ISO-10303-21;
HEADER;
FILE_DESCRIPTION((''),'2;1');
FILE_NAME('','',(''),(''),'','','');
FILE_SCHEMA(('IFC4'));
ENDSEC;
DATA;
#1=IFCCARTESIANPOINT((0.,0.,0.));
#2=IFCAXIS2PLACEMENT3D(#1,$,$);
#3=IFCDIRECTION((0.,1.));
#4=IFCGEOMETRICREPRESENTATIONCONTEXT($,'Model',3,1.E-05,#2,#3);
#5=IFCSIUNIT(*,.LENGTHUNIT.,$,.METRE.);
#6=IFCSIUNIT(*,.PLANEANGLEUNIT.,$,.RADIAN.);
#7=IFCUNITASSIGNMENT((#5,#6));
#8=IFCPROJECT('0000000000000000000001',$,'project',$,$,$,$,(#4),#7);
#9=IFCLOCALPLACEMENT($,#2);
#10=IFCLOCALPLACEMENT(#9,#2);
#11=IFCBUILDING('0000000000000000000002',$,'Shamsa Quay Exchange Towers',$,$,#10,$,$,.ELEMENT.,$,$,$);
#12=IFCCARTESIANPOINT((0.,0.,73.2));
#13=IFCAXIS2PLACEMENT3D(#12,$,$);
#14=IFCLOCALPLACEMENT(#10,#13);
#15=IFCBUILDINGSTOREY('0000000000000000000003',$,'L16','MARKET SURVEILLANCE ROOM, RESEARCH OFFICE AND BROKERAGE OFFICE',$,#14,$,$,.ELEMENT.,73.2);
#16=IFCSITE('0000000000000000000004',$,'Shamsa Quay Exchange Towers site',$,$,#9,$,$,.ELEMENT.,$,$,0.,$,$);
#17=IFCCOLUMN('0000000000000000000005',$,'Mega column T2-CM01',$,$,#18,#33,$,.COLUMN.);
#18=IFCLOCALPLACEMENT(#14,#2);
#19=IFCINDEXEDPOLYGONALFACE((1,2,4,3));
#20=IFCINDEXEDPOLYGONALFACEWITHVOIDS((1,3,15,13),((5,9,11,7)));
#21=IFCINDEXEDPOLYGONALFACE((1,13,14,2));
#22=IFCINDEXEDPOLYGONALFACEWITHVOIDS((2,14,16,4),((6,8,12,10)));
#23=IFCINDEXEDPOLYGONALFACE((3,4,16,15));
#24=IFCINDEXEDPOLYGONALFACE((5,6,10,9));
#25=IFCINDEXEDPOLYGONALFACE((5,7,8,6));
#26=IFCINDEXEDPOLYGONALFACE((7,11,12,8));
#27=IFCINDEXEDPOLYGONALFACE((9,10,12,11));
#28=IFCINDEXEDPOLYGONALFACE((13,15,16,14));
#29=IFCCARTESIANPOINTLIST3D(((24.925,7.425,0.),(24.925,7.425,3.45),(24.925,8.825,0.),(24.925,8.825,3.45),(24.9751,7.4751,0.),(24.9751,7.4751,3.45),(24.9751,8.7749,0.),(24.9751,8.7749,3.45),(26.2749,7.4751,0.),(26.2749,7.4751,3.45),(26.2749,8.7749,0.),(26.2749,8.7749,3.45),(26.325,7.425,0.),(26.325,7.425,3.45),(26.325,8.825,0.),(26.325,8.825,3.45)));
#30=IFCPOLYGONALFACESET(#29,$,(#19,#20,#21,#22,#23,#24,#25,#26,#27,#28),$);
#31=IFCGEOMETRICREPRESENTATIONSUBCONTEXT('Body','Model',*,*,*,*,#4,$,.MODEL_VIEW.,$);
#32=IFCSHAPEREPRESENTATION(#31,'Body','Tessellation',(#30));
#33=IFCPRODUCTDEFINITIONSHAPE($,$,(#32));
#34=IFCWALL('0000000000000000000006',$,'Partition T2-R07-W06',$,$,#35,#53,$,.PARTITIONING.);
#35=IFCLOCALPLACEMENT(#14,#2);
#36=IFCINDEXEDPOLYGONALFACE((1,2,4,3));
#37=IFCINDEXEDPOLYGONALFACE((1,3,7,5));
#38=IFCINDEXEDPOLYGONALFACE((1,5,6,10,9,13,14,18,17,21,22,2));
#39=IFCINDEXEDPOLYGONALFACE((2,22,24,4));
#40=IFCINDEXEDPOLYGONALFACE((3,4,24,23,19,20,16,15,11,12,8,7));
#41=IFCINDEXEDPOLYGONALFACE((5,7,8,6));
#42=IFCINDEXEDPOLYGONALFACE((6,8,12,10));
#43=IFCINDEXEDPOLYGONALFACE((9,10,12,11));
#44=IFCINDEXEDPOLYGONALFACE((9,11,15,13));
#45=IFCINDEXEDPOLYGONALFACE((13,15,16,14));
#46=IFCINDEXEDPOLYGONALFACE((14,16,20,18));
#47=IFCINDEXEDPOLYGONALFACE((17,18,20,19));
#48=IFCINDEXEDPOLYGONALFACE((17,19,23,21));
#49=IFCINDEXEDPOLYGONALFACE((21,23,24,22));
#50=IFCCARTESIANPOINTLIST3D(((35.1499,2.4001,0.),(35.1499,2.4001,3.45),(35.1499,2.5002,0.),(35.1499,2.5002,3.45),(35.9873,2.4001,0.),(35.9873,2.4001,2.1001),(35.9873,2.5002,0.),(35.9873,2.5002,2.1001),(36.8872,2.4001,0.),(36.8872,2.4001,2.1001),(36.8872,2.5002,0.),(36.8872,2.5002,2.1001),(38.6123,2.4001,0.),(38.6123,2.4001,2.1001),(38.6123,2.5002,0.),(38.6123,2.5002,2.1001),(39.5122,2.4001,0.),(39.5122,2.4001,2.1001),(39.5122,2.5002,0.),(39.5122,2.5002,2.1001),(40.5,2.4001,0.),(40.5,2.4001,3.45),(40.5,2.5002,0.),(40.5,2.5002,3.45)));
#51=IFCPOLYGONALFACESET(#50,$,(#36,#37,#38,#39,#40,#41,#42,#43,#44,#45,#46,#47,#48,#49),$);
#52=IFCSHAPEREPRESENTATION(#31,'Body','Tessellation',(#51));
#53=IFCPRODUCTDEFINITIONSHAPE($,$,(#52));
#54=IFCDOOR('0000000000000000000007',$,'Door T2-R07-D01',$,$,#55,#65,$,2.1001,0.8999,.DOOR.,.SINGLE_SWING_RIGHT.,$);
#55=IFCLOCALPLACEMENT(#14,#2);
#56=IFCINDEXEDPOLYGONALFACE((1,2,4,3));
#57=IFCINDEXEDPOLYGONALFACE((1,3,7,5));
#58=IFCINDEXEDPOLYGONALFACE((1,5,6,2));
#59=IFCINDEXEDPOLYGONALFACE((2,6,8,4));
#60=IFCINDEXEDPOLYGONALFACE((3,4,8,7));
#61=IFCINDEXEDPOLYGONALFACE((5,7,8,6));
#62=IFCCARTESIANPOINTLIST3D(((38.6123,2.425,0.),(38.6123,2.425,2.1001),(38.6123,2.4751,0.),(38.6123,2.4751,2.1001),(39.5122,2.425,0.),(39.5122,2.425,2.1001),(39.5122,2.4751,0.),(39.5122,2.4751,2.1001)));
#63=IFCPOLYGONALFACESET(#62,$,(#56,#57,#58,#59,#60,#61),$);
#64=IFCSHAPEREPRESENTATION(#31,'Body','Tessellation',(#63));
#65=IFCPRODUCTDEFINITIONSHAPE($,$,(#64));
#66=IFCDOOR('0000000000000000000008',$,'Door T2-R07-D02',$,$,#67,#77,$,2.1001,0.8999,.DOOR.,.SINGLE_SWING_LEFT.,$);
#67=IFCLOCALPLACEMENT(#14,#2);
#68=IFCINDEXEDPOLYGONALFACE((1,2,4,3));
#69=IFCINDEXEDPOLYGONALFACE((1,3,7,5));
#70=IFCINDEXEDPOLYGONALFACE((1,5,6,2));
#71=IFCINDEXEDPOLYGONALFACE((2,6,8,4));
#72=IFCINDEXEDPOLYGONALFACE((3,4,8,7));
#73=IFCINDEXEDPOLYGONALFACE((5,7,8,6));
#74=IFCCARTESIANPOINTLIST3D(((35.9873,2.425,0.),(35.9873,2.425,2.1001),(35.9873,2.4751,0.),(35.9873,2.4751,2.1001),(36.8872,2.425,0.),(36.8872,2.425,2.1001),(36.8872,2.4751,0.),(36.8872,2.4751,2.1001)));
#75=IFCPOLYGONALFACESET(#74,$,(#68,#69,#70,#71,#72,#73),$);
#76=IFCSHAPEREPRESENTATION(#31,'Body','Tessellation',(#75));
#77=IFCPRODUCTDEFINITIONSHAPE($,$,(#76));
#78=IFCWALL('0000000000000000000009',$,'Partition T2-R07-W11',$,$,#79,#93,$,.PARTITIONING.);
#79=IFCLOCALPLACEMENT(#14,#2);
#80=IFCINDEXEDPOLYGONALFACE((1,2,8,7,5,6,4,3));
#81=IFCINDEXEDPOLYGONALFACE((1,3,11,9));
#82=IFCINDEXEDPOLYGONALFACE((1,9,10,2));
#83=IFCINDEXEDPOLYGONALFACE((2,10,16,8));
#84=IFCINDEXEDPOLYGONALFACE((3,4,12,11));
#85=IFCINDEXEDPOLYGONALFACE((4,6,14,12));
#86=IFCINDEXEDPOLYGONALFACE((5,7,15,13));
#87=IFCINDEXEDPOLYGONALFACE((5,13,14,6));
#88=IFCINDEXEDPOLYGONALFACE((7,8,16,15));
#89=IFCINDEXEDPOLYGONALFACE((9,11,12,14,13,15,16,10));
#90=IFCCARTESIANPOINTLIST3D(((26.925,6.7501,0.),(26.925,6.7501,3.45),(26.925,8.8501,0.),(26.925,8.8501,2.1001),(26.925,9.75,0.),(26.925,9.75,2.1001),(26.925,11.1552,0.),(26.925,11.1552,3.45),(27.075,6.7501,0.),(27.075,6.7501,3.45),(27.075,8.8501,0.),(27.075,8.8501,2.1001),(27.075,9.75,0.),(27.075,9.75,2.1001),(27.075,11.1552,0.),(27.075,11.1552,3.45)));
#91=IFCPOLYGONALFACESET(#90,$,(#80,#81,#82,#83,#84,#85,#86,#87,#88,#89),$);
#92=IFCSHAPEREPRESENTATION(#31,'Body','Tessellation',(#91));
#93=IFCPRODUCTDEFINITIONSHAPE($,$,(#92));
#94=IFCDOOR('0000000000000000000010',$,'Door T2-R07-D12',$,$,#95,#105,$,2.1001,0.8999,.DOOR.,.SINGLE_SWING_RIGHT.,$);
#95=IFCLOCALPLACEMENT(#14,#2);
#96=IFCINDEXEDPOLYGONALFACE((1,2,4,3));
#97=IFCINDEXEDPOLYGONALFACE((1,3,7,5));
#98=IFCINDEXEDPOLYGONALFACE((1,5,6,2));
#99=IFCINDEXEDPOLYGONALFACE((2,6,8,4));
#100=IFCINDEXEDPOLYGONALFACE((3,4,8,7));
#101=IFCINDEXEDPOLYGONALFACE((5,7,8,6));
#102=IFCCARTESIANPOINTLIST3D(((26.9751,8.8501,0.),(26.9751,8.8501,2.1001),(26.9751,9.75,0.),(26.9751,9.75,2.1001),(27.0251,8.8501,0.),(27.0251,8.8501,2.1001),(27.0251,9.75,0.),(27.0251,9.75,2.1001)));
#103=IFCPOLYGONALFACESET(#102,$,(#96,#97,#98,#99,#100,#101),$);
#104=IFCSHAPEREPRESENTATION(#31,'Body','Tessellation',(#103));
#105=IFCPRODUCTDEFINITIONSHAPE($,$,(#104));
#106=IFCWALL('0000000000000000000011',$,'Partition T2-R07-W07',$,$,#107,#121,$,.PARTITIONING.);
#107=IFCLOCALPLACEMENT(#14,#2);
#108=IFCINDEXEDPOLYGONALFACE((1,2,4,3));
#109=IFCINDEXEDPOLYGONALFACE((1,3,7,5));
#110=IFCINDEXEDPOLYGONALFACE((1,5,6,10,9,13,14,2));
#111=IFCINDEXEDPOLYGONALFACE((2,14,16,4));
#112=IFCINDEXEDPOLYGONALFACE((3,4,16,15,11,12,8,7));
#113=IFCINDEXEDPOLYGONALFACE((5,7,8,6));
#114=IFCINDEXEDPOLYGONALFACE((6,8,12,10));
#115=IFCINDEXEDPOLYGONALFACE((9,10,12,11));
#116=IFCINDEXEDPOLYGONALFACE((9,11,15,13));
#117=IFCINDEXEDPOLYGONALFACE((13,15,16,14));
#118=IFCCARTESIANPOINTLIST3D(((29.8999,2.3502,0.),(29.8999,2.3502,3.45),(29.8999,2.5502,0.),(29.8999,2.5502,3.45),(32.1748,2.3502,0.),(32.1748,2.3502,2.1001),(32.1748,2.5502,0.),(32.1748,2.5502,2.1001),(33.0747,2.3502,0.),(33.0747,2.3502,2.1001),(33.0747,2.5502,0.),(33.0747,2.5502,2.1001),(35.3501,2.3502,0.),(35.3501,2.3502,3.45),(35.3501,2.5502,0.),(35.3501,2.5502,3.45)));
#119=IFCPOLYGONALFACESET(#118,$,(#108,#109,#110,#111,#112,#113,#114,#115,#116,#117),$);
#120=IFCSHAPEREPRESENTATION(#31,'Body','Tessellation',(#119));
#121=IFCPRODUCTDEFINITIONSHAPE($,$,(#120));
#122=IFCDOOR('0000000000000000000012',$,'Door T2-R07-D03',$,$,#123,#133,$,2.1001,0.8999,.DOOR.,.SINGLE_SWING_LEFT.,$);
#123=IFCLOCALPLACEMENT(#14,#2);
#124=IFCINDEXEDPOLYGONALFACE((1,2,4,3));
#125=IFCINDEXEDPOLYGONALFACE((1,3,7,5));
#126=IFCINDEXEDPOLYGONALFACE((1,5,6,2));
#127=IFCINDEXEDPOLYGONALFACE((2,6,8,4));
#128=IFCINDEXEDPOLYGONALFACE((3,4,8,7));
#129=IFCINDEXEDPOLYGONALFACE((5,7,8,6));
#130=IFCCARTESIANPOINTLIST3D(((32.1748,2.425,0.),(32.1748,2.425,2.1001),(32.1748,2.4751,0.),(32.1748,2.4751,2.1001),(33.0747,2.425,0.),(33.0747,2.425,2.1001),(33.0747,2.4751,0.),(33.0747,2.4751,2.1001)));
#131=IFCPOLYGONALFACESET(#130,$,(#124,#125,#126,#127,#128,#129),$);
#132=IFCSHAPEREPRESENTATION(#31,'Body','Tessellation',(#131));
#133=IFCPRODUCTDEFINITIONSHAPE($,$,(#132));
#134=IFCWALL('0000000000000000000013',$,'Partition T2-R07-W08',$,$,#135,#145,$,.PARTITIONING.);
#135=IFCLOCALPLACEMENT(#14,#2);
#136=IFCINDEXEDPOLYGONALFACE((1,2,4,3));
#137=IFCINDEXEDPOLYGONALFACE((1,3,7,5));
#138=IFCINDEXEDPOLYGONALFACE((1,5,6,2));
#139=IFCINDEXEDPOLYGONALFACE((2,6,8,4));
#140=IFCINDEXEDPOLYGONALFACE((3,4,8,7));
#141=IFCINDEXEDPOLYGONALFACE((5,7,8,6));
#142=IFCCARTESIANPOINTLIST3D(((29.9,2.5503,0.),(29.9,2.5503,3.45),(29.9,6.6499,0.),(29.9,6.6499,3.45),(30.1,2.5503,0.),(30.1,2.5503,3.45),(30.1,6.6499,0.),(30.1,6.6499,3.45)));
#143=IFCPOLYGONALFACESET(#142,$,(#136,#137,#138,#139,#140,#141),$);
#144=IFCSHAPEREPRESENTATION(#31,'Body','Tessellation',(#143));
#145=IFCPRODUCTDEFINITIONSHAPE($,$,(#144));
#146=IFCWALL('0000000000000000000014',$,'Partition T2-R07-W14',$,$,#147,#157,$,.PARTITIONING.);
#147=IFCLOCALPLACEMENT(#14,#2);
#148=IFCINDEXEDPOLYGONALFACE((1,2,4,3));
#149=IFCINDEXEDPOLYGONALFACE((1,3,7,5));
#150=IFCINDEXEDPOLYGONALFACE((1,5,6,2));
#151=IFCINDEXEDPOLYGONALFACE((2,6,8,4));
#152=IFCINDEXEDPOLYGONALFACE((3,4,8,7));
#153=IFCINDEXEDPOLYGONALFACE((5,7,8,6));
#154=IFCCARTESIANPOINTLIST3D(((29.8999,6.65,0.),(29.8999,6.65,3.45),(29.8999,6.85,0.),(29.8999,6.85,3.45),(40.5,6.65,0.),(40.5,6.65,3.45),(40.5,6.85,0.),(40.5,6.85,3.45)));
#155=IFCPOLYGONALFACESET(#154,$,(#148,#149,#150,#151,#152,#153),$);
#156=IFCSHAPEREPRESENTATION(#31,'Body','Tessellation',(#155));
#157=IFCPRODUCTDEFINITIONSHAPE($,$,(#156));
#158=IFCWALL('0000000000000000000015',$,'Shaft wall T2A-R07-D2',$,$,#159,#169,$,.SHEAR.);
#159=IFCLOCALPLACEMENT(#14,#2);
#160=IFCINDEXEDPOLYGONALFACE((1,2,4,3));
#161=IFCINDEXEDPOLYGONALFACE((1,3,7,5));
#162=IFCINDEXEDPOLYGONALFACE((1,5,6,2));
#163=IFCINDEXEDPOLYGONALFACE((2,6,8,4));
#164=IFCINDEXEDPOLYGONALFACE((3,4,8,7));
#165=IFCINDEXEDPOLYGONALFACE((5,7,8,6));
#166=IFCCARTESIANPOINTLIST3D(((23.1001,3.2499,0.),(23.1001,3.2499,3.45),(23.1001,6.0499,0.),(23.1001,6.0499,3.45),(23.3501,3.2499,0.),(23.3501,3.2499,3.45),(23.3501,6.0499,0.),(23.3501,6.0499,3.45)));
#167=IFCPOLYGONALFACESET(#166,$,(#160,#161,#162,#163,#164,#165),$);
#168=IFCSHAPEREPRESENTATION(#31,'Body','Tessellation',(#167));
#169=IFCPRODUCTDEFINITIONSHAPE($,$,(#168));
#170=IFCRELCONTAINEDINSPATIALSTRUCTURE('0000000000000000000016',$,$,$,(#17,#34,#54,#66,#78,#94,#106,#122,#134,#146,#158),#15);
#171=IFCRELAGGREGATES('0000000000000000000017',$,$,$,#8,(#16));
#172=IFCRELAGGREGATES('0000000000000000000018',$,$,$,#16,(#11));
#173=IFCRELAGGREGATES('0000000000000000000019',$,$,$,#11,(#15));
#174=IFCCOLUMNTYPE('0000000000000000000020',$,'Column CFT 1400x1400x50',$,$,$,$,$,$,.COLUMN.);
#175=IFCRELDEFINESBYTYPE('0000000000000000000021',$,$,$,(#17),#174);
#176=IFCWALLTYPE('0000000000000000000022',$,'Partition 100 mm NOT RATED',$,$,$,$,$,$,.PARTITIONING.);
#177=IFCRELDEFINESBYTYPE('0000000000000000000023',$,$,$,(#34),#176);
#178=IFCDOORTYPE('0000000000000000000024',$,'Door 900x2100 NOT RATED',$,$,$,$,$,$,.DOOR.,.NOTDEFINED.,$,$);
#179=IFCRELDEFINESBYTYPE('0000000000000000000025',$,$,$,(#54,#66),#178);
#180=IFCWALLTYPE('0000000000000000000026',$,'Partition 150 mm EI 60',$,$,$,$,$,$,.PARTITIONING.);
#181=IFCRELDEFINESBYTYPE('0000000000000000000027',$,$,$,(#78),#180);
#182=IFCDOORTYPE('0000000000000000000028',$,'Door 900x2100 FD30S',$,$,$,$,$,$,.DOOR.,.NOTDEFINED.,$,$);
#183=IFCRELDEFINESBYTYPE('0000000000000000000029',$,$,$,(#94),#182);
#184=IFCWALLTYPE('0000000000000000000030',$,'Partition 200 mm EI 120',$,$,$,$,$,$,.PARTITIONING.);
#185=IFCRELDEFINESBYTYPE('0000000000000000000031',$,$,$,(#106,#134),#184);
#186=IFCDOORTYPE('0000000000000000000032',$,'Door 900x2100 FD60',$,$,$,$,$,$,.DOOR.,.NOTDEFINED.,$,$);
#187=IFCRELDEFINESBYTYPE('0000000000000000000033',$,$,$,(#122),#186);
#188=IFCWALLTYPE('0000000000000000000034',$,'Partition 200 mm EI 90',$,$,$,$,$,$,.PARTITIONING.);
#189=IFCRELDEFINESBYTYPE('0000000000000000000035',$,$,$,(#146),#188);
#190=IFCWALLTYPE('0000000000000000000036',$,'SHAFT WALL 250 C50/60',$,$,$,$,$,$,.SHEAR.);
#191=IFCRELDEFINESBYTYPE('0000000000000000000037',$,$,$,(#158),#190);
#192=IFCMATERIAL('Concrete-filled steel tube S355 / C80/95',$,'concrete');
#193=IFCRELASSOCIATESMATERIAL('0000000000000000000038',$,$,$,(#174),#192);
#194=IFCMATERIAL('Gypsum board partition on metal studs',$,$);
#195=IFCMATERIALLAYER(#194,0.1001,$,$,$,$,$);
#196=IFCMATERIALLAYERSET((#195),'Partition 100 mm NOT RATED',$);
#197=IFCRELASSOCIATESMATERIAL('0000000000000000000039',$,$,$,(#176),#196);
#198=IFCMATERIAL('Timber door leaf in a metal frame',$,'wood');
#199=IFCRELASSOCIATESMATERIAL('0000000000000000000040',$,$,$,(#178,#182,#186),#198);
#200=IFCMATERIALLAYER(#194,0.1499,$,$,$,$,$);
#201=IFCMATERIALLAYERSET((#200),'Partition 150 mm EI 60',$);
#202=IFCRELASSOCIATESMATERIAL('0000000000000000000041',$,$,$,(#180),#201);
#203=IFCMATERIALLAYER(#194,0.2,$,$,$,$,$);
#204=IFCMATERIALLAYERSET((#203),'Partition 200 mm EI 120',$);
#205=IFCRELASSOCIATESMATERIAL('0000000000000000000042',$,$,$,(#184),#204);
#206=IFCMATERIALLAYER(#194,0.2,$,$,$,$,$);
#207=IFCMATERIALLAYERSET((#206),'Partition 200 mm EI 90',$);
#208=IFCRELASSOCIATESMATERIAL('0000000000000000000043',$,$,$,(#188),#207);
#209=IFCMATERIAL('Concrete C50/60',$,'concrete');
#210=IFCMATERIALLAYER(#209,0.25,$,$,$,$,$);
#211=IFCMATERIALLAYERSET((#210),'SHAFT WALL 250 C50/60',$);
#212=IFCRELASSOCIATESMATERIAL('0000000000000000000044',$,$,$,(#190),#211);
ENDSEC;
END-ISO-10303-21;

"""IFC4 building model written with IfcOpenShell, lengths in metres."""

from ifc_helpers import new_model, si_unit, direction, frame, frame_2d, origin, origin_2d, place, context, subcontext, project, spatial, rectangle, hollow_rectangle, extrude, material, layer, layer_set, material_profile, profile_set, type_object, element, fill, save


model = new_model("IFC4")

# Units and contexts
model_context = context("Model", 3, precision=1e-05, world=origin(), true_north=direction((0.0, 1.0)))
body_context = subcontext(model_context, "Body", "Model", "MODEL_VIEW")
ifc_project = project(units=[si_unit("LENGTHUNIT", "METRE"), si_unit("PLANEANGLEUNIT", "RADIAN")], contexts=[model_context])

# Site, building, storey
site_placement = place(None, origin())
site = spatial("IfcSite", under=ifc_project, at=site_placement, Name="Shamsa Quay Exchange Towers site", CompositionType="ELEMENT", RefElevation=0.0)
building_placement = place(site_placement, origin())
building = spatial("IfcBuilding", under=site, at=building_placement, Name="Shamsa Quay Exchange Towers", CompositionType="ELEMENT")
storey_placement = place(building_placement, frame((0.0, 0.0, 73.2)))
storey = spatial("IfcBuildingStorey", under=building, at=storey_placement, Name="L16", Description="MARKET SURVEILLANCE ROOM, RESEARCH OFFICE AND BROKERAGE OFFICE", CompositionType="ELEMENT", Elevation=73.2)

# Column
ifc_material_1 = material(Name="Concrete-filled steel tube S355 / C80/95", Category="concrete")
ifc_material_profile = material_profile(ifc_material_1, hollow_rectangle(XDim=1.3999, YDim=1.3999, WallThickness=0.05, at=origin_2d()), Name="CFT 1400x1400x50")
ifc_profile_set = profile_set([ifc_material_profile], Name="Concrete-filled steel tube S355 / C80/95")
column_type = type_object("IfcColumnType", Name="Column CFT 1400x1400x50", PredefinedType="COLUMN", material=ifc_profile_set)
column_placement = place(storey_placement, frame((25.625, 8.125, 0.0)))
element("IfcColumn", 1, at=column_placement, inside=storey, type_object=column_type, Name="Mega column T2-CM01", PredefinedType="COLUMN", context=body_context, shape_type="SweptSolid", body=[
    extrude(hollow_rectangle(XDim=1.3999, YDim=1.3999, WallThickness=0.05, at=origin_2d()), origin(), (0.0, 0.0, 1.0), 3.45),
])

# Wall, openings, doors
ifc_material_2 = material(Name="Gypsum board partition on metal studs")
ifc_layer_1 = layer(ifc_material_2, 0.1001)
ifc_layer_set_1 = layer_set([ifc_layer_1], Name="Partition 100 mm NOT RATED")
wall_type_1 = type_object("IfcWallType", Name="Partition 100 mm NOT RATED", PredefinedType="PARTITIONING", material=ifc_layer_set_1)
wall_1_placement = place(storey_placement, frame((35.1499, 2.4502, 0.0)))
wall_1 = element("IfcWall", 2, at=wall_1_placement, inside=storey, type_object=wall_type_1, Name="Partition T2-R07-W06", PredefinedType="PARTITIONING", context=body_context, shape_type="SweptSolid", body=[
    extrude(rectangle(XDim=5.3501, YDim=0.1001, at=frame_2d((2.675, 0.0))), origin(), (0.0, 0.0, 1.0), 3.45),
])
opening_1_placement = place(wall_1_placement, frame((3.4624, 0.0, 0.0)))
opening_1 = element("IfcOpeningElement", 3, at=opening_1_placement, cuts=wall_1, PredefinedType="OPENING", context=body_context, shape_type="SweptSolid", body=[
    extrude(rectangle(XDim=0.8999, YDim=2.1001, at=frame_2d((0.45, 1.05))), frame((0.0, 0.0601, 0.0), z_axis=(0.0, -1.0, 0.0), x_axis=(1.0, 0.0, 0.0)), (0.0, 0.0, 1.0), 0.1201),
])
opening_2_placement = place(wall_1_placement, frame((0.8374, 0.0, 0.0)))
opening_2 = element("IfcOpeningElement", 4, at=opening_2_placement, cuts=wall_1, PredefinedType="OPENING", context=body_context, shape_type="SweptSolid", body=[
    extrude(rectangle(XDim=0.8999, YDim=2.1001, at=frame_2d((0.45, 1.05))), frame((0.0, 0.0601, 0.0), z_axis=(0.0, -1.0, 0.0), x_axis=(1.0, 0.0, 0.0)), (0.0, 0.0, 1.0), 0.1201),
])
ifc_material_3 = material(Name="Timber door leaf in a metal frame", Category="wood")
door_type_1 = type_object("IfcDoorType", Name="Door 900x2100 NOT RATED", OperationType="NOTDEFINED", PredefinedType="DOOR", material=ifc_material_3)
door_1_placement = place(opening_1_placement, origin())
door_1 = element("IfcDoor", 5, at=door_1_placement, inside=storey, type_object=door_type_1, Name="Door T2-R07-D01", OperationType="SINGLE_SWING_RIGHT", OverallHeight=2.1001, OverallWidth=0.8999, PredefinedType="DOOR", context=body_context, shape_type="SweptSolid", body=[
    extrude(rectangle(XDim=0.8999, YDim=2.1001, at=frame_2d((0.45, 1.05))), frame((0.0, 0.0249, 0.0), z_axis=(0.0, -1.0, 0.0), x_axis=(1.0, 0.0, 0.0)), (0.0, 0.0, 1.0), 0.05),
])
fill(opening_1, door_1)
door_2_placement = place(opening_2_placement, origin())
door_2 = element("IfcDoor", 6, at=door_2_placement, inside=storey, type_object=door_type_1, Name="Door T2-R07-D02", OperationType="SINGLE_SWING_LEFT", OverallHeight=2.1001, OverallWidth=0.8999, PredefinedType="DOOR", context=body_context, shape_type="SweptSolid", body=[
    extrude(rectangle(XDim=0.8999, YDim=2.1001, at=frame_2d((0.45, 1.05))), frame((0.0, 0.0249, 0.0), z_axis=(0.0, -1.0, 0.0), x_axis=(1.0, 0.0, 0.0)), (0.0, 0.0, 1.0), 0.05),
])
fill(opening_2, door_2)

# Walls, openings, doors
ifc_layer_2 = layer(ifc_material_2, 0.1499)
ifc_layer_set_2 = layer_set([ifc_layer_2], Name="Partition 150 mm EI 60")
wall_type_2 = type_object("IfcWallType", Name="Partition 150 mm EI 60", PredefinedType="PARTITIONING", material=ifc_layer_set_2)
wall_2_placement = place(storey_placement, frame((27.0, 6.75, 0.0), z_axis=(0.0, 0.0, 1.0), x_axis=(0.0, 1.0, 0.0)))
wall_2 = element("IfcWall", 7, at=wall_2_placement, inside=storey, type_object=wall_type_2, Name="Partition T2-R07-W11", PredefinedType="PARTITIONING", context=body_context, shape_type="SweptSolid", body=[
    extrude(rectangle(XDim=4.405, YDim=0.1499, at=frame_2d((2.2026, 0.0))), origin(), (0.0, 0.0, 1.0), 3.45),
])
opening_3_placement = place(wall_2_placement, frame((2.1001, 0.0, 0.0)))
opening_3 = element("IfcOpeningElement", 8, at=opening_3_placement, cuts=wall_2, PredefinedType="OPENING", context=body_context, shape_type="SweptSolid", body=[
    extrude(rectangle(XDim=0.8999, YDim=2.1001, at=frame_2d((0.45, 1.05))), frame((0.0, 0.085, 0.0), z_axis=(0.0, -1.0, 0.0), x_axis=(1.0, 0.0, 0.0)), (0.0, 0.0, 1.0), 0.1699),
])
door_type_2 = type_object("IfcDoorType", Name="Door 900x2100 FD30S", OperationType="NOTDEFINED", PredefinedType="DOOR", material=ifc_material_3)
door_3_placement = place(opening_3_placement, origin())
door_3 = element("IfcDoor", 9, at=door_3_placement, inside=storey, type_object=door_type_2, Name="Door T2-R07-D12", OperationType="SINGLE_SWING_RIGHT", OverallHeight=2.1001, OverallWidth=0.8999, PredefinedType="DOOR", context=body_context, shape_type="SweptSolid", body=[
    extrude(rectangle(XDim=0.8999, YDim=2.1001, at=frame_2d((0.45, 1.05))), frame((0.0, 0.0249, 0.0), z_axis=(0.0, -1.0, 0.0), x_axis=(1.0, 0.0, 0.0)), (0.0, 0.0, 1.0), 0.05),
])
fill(opening_3, door_3)
ifc_layer_3 = layer(ifc_material_2, 0.2)
ifc_layer_set_3 = layer_set([ifc_layer_3], Name="Partition 200 mm EI 120")
wall_type_3 = type_object("IfcWallType", Name="Partition 200 mm EI 120", PredefinedType="PARTITIONING", material=ifc_layer_set_3)
wall_3_placement = place(storey_placement, frame((29.8999, 2.4502, 0.0)))
wall_3 = element("IfcWall", 10, at=wall_3_placement, inside=storey, type_object=wall_type_3, Name="Partition T2-R07-W07", PredefinedType="PARTITIONING", context=body_context, shape_type="SweptSolid", body=[
    extrude(rectangle(XDim=5.4502, YDim=0.2, at=frame_2d((2.7251, 0.0))), origin(), (0.0, 0.0, 1.0), 3.45),
])
opening_4_placement = place(wall_3_placement, frame((2.2749, 0.0, 0.0)))
opening_4 = element("IfcOpeningElement", 11, at=opening_4_placement, cuts=wall_3, PredefinedType="OPENING", context=body_context, shape_type="SweptSolid", body=[
    extrude(rectangle(XDim=0.8999, YDim=2.1001, at=frame_2d((0.45, 1.05))), frame((0.0, 0.1099, 0.0), z_axis=(0.0, -1.0, 0.0), x_axis=(1.0, 0.0, 0.0)), (0.0, 0.0, 1.0), 0.22),
])
door_type_3 = type_object("IfcDoorType", Name="Door 900x2100 FD60", OperationType="NOTDEFINED", PredefinedType="DOOR", material=ifc_material_3)
door_4_placement = place(opening_4_placement, origin())
door_4 = element("IfcDoor", 12, at=door_4_placement, inside=storey, type_object=door_type_3, Name="Door T2-R07-D03", OperationType="SINGLE_SWING_LEFT", OverallHeight=2.1001, OverallWidth=0.8999, PredefinedType="DOOR", context=body_context, shape_type="SweptSolid", body=[
    extrude(rectangle(XDim=0.8999, YDim=2.1001, at=frame_2d((0.45, 1.05))), frame((0.0, 0.0249, 0.0), z_axis=(0.0, -1.0, 0.0), x_axis=(1.0, 0.0, 0.0)), (0.0, 0.0, 1.0), 0.05),
])
fill(opening_4, door_4)

# Walls
wall_4_placement = place(storey_placement, frame((30.0, 6.6499, 0.0), z_axis=(0.0, 0.0, 1.0), x_axis=(0.0, -1.0, 0.0)))
element("IfcWall", 13, at=wall_4_placement, inside=storey, type_object=wall_type_3, Name="Partition T2-R07-W08", PredefinedType="PARTITIONING", context=body_context, shape_type="SweptSolid", body=[
    extrude(rectangle(XDim=4.0996, YDim=0.2, at=frame_2d((2.0498, 0.0))), origin(), (0.0, 0.0, 1.0), 3.45),
])
ifc_layer_4 = layer(ifc_material_2, 0.2)
ifc_layer_set_4 = layer_set([ifc_layer_4], Name="Partition 200 mm EI 90")
wall_type_4 = type_object("IfcWallType", Name="Partition 200 mm EI 90", PredefinedType="PARTITIONING", material=ifc_layer_set_4)
wall_5_placement = place(storey_placement, frame((29.8999, 6.75, 0.0)))
element("IfcWall", 14, at=wall_5_placement, inside=storey, type_object=wall_type_4, Name="Partition T2-R07-W14", PredefinedType="PARTITIONING", context=body_context, shape_type="SweptSolid", body=[
    extrude(rectangle(XDim=10.6001, YDim=0.2, at=frame_2d((5.3, 0.0))), origin(), (0.0, 0.0, 1.0), 3.45),
])
ifc_material_4 = material(Name="Concrete C50/60", Category="concrete")
ifc_layer_5 = layer(ifc_material_4, 0.25)
ifc_layer_set_5 = layer_set([ifc_layer_5], Name="SHAFT WALL 250 C50/60")
wall_type_5 = type_object("IfcWallType", Name="SHAFT WALL 250 C50/60", PredefinedType="SHEAR", material=ifc_layer_set_5)
wall_6_placement = place(storey_placement, frame((23.2251, 3.25, 0.0), z_axis=(0.0, 0.0, 1.0), x_axis=(0.0, 1.0, 0.0)))
element("IfcWall", 15, at=wall_6_placement, inside=storey, type_object=wall_type_5, Name="Shaft wall T2A-R07-D2", PredefinedType="SHEAR", context=body_context, shape_type="SweptSolid", body=[
    extrude(rectangle(XDim=2.8, YDim=0.25, at=frame_2d((1.3999, 0.0))), origin(), (0.0, 0.0, 1.0), 3.45),
])

save(model, "model.ifc")
